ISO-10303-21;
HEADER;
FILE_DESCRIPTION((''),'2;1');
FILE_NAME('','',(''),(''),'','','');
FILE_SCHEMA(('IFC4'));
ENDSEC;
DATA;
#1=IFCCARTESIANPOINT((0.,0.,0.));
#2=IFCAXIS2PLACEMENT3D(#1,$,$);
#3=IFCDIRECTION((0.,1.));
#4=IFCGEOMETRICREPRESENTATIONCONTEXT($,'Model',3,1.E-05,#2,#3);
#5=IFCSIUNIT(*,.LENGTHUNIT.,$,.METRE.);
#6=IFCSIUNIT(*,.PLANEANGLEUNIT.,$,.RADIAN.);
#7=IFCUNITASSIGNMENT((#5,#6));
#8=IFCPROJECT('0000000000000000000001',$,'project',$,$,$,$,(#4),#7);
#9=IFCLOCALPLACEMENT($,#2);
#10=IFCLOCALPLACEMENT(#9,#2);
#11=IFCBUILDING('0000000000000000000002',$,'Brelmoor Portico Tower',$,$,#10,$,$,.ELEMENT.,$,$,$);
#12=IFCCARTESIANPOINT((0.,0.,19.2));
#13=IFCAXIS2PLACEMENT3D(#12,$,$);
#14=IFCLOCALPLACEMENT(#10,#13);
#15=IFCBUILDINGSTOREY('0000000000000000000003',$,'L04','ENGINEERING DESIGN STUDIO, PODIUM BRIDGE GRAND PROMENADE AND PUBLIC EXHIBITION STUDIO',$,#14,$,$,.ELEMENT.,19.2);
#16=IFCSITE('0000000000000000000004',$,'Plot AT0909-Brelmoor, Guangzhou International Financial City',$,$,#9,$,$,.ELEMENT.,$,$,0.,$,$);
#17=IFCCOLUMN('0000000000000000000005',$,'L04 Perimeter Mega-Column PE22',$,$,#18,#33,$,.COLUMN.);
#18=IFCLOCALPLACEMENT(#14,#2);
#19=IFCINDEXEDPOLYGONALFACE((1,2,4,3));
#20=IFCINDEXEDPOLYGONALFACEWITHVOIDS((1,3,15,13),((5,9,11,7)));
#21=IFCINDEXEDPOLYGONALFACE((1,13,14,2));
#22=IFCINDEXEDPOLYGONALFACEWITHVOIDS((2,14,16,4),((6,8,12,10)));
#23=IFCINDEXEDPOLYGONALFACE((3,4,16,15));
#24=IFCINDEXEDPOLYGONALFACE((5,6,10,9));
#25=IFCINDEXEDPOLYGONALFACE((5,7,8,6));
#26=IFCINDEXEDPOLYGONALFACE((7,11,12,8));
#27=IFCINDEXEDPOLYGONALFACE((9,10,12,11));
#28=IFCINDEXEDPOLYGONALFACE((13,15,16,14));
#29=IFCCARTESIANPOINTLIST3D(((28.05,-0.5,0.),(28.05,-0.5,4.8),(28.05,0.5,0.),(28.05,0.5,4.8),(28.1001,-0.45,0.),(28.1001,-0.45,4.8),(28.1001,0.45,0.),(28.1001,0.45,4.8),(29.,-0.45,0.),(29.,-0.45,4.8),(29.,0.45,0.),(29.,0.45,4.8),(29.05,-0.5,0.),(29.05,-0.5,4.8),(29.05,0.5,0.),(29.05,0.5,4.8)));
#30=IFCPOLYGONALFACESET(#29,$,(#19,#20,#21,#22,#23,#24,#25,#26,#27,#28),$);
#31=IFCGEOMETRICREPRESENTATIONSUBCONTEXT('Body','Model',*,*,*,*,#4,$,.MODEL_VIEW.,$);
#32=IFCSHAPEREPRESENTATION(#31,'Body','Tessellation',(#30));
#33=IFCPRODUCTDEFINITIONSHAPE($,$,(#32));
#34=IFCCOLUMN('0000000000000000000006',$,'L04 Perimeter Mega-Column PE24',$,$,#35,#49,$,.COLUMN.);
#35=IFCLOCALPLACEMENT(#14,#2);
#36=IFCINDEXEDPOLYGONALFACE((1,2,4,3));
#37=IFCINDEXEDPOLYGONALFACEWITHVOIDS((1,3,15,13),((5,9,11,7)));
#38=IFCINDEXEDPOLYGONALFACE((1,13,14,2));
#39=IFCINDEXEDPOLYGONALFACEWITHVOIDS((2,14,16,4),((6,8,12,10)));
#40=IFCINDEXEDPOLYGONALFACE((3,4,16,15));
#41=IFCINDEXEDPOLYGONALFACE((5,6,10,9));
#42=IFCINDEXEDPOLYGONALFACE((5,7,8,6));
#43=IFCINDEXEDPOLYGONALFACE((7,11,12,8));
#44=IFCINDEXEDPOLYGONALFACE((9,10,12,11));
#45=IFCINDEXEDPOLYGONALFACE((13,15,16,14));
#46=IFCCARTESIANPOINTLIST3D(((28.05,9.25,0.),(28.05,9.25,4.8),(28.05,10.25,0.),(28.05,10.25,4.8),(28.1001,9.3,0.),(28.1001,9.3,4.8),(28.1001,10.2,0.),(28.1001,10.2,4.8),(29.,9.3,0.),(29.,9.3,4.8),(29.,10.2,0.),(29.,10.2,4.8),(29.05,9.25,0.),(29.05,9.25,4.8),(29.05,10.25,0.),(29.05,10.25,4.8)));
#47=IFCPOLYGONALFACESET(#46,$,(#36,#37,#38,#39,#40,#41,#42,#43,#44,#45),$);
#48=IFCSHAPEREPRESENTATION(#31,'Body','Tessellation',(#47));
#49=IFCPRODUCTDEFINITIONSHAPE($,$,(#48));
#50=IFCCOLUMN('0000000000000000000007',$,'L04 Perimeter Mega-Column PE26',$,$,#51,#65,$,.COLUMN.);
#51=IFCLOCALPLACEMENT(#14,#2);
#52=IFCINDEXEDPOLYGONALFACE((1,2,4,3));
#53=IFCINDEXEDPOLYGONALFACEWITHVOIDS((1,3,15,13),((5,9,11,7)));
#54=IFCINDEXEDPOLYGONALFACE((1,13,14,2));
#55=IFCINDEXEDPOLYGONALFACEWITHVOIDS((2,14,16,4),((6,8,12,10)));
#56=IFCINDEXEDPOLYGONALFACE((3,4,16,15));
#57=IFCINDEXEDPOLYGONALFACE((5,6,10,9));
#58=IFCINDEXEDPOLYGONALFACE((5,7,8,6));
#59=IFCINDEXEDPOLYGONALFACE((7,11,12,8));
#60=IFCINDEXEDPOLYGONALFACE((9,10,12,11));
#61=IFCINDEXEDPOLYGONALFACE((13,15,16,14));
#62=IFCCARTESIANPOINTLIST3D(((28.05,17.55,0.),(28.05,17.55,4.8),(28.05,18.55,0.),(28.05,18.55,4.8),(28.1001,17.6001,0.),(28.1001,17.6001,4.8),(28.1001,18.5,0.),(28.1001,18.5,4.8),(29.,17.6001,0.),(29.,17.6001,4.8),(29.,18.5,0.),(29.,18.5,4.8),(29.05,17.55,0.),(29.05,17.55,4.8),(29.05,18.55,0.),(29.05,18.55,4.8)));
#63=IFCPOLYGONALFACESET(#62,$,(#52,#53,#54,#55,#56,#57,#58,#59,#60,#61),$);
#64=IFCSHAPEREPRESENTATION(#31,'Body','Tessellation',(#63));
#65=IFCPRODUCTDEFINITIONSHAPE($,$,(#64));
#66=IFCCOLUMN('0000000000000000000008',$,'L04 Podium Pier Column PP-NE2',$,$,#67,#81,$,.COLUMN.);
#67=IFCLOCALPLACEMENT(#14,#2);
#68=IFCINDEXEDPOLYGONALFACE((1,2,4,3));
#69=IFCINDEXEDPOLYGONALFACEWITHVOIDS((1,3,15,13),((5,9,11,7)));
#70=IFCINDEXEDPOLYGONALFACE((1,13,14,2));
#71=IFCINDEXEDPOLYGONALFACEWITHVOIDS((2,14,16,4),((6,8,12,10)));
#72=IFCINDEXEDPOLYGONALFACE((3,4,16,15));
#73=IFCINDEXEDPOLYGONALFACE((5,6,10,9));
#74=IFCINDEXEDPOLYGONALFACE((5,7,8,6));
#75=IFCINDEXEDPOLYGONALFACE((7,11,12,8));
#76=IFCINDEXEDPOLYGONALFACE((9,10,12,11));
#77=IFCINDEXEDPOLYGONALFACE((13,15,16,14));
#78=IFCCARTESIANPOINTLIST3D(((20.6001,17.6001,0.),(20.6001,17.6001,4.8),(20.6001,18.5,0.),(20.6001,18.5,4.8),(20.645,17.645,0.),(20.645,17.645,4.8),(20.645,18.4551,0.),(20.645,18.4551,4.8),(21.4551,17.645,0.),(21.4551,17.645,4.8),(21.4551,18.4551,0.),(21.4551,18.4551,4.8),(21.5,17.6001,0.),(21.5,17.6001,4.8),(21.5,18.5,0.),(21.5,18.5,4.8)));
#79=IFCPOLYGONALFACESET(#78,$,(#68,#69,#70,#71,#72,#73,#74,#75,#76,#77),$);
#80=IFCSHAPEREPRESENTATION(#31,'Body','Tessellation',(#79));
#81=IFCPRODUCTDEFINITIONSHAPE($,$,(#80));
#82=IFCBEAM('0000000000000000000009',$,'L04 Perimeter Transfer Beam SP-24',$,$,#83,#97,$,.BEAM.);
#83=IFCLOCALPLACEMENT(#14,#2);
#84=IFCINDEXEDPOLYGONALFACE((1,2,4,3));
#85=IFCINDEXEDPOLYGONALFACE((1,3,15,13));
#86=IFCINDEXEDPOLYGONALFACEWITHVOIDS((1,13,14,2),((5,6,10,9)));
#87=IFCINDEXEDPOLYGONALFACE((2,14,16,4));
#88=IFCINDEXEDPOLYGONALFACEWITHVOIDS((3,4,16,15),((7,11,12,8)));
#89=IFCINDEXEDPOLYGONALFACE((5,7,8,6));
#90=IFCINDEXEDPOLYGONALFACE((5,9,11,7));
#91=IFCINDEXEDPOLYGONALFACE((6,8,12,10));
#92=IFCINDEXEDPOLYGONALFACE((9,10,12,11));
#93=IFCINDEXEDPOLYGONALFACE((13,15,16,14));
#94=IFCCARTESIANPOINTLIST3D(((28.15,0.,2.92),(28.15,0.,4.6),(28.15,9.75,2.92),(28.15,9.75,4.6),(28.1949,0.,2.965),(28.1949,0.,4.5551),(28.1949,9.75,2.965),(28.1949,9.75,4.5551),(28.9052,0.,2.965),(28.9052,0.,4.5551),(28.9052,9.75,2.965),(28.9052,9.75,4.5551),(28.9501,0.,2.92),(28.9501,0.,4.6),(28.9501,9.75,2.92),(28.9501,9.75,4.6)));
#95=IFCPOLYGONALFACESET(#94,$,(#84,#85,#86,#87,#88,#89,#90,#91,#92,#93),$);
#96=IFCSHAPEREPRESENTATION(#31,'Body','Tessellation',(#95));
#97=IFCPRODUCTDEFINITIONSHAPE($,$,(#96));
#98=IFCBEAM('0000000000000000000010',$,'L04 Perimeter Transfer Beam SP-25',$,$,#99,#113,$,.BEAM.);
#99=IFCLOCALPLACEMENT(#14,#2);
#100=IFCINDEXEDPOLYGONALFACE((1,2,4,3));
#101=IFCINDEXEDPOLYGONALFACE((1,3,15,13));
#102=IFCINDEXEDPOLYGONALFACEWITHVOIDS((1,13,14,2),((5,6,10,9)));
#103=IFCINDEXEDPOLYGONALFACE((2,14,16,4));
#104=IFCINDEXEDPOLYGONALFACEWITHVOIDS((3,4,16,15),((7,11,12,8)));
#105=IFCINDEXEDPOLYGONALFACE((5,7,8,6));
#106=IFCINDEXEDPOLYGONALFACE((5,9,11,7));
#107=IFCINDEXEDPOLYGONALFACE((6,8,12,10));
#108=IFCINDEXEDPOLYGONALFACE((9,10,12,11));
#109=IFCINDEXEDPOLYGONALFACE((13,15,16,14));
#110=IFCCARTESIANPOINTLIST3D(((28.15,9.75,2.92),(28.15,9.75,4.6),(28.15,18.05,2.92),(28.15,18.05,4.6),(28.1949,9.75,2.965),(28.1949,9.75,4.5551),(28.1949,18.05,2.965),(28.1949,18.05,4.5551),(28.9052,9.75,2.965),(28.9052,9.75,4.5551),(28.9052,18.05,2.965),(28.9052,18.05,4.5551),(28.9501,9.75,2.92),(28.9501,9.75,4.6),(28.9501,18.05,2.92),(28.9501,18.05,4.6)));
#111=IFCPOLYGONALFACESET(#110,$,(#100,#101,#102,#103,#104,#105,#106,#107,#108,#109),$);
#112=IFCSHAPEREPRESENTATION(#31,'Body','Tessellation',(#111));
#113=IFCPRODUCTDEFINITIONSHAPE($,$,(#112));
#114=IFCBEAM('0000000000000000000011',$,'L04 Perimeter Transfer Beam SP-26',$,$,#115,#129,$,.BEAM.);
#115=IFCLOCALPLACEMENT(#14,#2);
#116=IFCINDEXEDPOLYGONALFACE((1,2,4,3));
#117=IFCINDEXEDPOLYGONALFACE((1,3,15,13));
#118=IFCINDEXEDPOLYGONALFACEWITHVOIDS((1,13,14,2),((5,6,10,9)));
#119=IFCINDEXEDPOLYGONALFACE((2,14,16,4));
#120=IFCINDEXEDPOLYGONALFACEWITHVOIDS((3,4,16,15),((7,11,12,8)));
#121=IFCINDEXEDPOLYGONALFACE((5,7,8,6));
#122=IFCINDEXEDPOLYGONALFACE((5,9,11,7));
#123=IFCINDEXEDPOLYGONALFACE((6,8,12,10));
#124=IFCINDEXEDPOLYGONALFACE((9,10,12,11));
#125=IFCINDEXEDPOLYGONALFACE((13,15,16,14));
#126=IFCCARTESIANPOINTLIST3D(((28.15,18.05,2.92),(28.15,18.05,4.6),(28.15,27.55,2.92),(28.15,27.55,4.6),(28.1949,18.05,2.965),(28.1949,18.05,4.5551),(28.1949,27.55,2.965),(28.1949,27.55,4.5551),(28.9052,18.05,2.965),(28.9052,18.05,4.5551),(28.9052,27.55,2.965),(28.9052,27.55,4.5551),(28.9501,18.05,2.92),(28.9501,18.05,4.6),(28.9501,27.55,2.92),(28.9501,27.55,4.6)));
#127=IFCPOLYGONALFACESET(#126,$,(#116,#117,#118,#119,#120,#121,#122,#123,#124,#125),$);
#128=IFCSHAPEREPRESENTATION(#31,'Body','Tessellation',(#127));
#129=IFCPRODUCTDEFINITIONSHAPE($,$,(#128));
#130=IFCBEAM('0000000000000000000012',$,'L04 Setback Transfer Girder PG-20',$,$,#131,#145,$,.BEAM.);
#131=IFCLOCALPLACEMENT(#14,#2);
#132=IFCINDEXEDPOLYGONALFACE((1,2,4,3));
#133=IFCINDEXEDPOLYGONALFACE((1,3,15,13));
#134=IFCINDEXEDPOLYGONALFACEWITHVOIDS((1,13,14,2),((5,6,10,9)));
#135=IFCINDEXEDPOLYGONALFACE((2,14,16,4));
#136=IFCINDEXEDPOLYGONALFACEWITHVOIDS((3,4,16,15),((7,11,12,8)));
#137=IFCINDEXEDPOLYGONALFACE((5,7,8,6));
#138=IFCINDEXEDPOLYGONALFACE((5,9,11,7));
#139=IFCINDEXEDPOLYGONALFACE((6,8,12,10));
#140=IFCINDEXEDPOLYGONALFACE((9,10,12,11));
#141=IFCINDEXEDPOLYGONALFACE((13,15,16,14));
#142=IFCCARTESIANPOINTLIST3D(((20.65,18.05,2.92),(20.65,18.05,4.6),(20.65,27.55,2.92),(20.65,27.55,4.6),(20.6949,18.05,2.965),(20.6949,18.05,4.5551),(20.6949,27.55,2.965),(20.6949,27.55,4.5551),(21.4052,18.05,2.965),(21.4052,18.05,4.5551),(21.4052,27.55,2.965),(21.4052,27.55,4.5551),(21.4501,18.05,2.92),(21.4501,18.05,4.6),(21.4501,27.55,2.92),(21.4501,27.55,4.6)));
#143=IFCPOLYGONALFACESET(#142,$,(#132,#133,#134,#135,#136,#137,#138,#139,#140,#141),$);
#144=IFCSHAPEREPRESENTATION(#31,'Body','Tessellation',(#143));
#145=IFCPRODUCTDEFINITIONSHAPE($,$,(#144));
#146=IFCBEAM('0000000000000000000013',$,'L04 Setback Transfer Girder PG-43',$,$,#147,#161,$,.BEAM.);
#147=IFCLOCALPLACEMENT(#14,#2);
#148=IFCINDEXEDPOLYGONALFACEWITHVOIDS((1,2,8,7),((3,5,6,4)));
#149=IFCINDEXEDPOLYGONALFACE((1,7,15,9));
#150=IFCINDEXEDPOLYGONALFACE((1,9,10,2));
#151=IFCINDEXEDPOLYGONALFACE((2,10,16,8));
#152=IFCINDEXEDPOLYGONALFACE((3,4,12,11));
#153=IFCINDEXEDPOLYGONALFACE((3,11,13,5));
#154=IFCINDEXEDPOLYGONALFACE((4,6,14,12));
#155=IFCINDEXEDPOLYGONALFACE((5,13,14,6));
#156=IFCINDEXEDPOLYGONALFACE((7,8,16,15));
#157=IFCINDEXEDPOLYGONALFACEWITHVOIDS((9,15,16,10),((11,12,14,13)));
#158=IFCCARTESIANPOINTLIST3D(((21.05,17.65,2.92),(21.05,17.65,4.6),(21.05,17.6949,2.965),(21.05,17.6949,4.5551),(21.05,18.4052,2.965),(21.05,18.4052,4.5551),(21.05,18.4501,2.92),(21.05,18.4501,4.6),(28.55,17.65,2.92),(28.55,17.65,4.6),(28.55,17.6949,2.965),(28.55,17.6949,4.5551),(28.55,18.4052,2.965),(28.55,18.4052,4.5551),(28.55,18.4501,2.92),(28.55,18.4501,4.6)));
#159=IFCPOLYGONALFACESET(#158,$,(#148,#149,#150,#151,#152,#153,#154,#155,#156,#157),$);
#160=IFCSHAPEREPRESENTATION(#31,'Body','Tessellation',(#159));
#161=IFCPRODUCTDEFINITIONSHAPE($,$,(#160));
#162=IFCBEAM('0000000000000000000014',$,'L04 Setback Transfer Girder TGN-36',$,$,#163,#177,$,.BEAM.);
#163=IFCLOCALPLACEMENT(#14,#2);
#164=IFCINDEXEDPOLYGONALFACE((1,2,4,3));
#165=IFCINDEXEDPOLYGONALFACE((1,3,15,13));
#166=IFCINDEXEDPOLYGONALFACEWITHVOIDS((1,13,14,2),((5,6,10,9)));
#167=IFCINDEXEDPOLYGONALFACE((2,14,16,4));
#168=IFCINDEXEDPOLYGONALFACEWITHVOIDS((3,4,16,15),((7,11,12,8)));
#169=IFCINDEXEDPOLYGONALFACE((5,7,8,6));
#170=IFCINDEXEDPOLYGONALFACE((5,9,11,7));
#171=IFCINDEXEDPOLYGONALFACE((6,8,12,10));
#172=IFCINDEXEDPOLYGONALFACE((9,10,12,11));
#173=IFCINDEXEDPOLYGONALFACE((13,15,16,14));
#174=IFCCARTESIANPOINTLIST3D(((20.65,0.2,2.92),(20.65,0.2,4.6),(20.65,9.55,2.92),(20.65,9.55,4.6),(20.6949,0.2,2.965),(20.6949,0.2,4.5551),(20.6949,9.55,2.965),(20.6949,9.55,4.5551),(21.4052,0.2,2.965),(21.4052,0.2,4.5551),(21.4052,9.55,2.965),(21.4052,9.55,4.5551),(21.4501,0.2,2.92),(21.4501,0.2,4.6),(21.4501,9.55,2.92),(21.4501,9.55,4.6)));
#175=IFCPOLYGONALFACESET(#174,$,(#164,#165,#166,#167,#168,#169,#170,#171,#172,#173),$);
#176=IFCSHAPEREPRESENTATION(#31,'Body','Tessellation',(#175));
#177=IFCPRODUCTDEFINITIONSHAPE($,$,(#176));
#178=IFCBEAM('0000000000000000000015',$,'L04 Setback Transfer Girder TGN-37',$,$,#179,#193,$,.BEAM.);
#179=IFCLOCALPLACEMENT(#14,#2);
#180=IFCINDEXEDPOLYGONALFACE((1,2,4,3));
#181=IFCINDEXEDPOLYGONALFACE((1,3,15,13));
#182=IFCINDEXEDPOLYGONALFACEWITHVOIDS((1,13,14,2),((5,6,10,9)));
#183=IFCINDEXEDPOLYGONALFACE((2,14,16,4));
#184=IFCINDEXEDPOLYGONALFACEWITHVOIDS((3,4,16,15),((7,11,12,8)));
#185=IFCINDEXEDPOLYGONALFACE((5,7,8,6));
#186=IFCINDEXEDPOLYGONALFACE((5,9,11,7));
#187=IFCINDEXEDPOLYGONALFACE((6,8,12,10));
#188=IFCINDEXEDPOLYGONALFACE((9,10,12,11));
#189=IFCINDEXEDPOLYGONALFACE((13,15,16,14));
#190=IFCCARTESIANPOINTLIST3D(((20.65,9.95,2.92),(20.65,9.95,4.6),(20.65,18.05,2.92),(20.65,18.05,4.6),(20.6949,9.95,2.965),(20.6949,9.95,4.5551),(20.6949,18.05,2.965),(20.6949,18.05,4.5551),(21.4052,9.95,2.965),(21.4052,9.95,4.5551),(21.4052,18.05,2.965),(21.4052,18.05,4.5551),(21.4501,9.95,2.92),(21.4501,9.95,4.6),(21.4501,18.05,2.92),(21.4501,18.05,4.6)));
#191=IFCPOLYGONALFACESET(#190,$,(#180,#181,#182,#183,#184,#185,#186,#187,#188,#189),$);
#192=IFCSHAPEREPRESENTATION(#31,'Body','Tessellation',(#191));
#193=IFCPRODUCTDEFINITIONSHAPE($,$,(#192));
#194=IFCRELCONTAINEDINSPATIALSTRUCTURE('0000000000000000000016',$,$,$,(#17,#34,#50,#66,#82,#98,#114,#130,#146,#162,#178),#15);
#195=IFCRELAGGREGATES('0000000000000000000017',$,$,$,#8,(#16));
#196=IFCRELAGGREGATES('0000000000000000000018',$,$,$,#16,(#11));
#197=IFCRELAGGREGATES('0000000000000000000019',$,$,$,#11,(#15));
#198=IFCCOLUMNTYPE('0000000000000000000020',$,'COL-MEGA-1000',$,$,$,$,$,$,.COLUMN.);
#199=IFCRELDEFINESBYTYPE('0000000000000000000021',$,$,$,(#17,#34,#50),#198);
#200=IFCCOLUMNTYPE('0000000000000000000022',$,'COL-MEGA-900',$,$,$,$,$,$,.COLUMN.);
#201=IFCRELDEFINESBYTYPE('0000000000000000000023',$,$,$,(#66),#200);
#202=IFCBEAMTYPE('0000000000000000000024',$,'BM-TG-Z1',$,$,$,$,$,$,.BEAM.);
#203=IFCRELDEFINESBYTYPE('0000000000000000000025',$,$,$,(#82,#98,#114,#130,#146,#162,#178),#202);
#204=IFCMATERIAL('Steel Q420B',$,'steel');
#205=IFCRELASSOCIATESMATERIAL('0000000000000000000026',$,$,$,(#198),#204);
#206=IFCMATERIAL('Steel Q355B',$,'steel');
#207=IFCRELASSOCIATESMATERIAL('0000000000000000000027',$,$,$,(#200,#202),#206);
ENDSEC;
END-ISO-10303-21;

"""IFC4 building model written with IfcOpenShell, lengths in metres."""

from ifc_helpers import new_model, si_unit, direction, frame, origin, origin_2d, place, context, subcontext, project, spatial, hollow_rectangle, extrude, material, material_profile, profile_set, type_object, element, save


model = new_model("IFC4")

# Units and contexts
model_context = context("Model", 3, precision=1e-05, world=origin(), true_north=direction((0.0, 1.0)))
body_context = subcontext(model_context, "Body", "Model", "MODEL_VIEW")
ifc_project = project(units=[si_unit("LENGTHUNIT", "METRE"), si_unit("PLANEANGLEUNIT", "RADIAN")], contexts=[model_context])

# Site, building, storey
site_placement = place(None, origin())
site = spatial("IfcSite", under=ifc_project, at=site_placement, Name="Plot AT0909-Brelmoor, Guangzhou International Financial City", CompositionType="ELEMENT", RefElevation=0.0)
building_placement = place(site_placement, origin())
building = spatial("IfcBuilding", under=site, at=building_placement, Name="Brelmoor Portico Tower", CompositionType="ELEMENT")
storey_placement = place(building_placement, frame((0.0, 0.0, 19.2)))
storey = spatial("IfcBuildingStorey", under=building, at=storey_placement, Name="L04", Description="ENGINEERING DESIGN STUDIO, PODIUM BRIDGE GRAND PROMENADE AND PUBLIC EXHIBITION STUDIO", CompositionType="ELEMENT", Elevation=19.2)

# Columns
ifc_material_1 = material(Name="Steel Q420B", Category="steel")
ifc_material_profile_1 = material_profile(ifc_material_1, hollow_rectangle(XDim=1.0, YDim=1.0, WallThickness=0.05, at=origin_2d()), Name="BOX 1000x1000x50")
ifc_profile_set_1 = profile_set([ifc_material_profile_1], Name="Steel Q420B")
column_type_1 = type_object("IfcColumnType", Name="COL-MEGA-1000", PredefinedType="COLUMN", material=ifc_profile_set_1)
for number, where, z_axis, x_axis, name in (
    (1, (28.55, 0.0, 0.0), (0.0, 0.0, 1.0), (0.0, 1.0, 0.0), "L04 Perimeter Mega-Column PE22"),
    (2, (28.55, 9.75, 0.0), (0.0, 0.0, 1.0), (0.0, 1.0, 0.0), "L04 Perimeter Mega-Column PE24"),
    (3, (28.55, 18.05, 0.0), (0.0, 0.0, 1.0), (0.0, 1.0, 0.0), "L04 Perimeter Mega-Column PE26"),
):
    element("IfcColumn", number, at=place(storey_placement, frame(where, z_axis=z_axis, x_axis=x_axis)), inside=storey, type_object=column_type_1, Name=name, PredefinedType="COLUMN", context=body_context, shape_type="SweptSolid", body=[
        extrude(hollow_rectangle(XDim=1.0, YDim=1.0, WallThickness=0.05, at=origin_2d()), origin(), (0.0, 0.0, 1.0), 4.8),
    ])
ifc_material_2 = material(Name="Steel Q355B", Category="steel")
ifc_material_profile_2 = material_profile(ifc_material_2, hollow_rectangle(XDim=0.8999, YDim=0.8999, WallThickness=0.0449, at=origin_2d()), Name="BOX 900x900x45")
ifc_profile_set_2 = profile_set([ifc_material_profile_2], Name="Steel Q355B")
column_type_2 = type_object("IfcColumnType", Name="COL-MEGA-900", PredefinedType="COLUMN", material=ifc_profile_set_2)
column_placement = place(storey_placement, frame((21.05, 18.05, 0.0), z_axis=(0.0, 0.0, 1.0), x_axis=(1.0, 0.0, 0.0)))
element("IfcColumn", 4, at=column_placement, inside=storey, type_object=column_type_2, Name="L04 Podium Pier Column PP-NE2", PredefinedType="COLUMN", context=body_context, shape_type="SweptSolid", body=[
    extrude(hollow_rectangle(XDim=0.8999, YDim=0.8999, WallThickness=0.0449, at=origin_2d()), origin(), (0.0, 0.0, 1.0), 4.8),
])

# Beams
ifc_material_profile_3 = material_profile(ifc_material_2, hollow_rectangle(XDim=0.8, YDim=1.6799, WallThickness=0.0449, at=origin_2d()), Name="BOX 800x1680x45")
ifc_profile_set_3 = profile_set([ifc_material_profile_3], Name="Steel Q355B")
beam_type = type_object("IfcBeamType", Name="BM-TG-Z1", PredefinedType="BEAM", material=ifc_profile_set_3)
beam_1_placement = place(storey_placement, frame((28.55, 0.0, 3.76), z_axis=(0.0, 1.0, 0.0), x_axis=(-1.0, 0.0, 0.0)))
element("IfcBeam", 5, at=beam_1_placement, inside=storey, type_object=beam_type, Name="L04 Perimeter Transfer Beam SP-24", PredefinedType="BEAM", context=body_context, shape_type="SweptSolid", body=[
    extrude(hollow_rectangle(XDim=0.8, YDim=1.6799, WallThickness=0.0449, at=origin_2d()), origin(), (0.0, 0.0, 1.0), 9.75),
])
beam_2_placement = place(storey_placement, frame((28.55, 9.75, 3.76), z_axis=(0.0, 1.0, 0.0), x_axis=(-1.0, 0.0, 0.0)))
element("IfcBeam", 6, at=beam_2_placement, inside=storey, type_object=beam_type, Name="L04 Perimeter Transfer Beam SP-25", PredefinedType="BEAM", context=body_context, shape_type="SweptSolid", body=[
    extrude(hollow_rectangle(XDim=0.8, YDim=1.6799, WallThickness=0.0449, at=origin_2d()), origin(), (0.0, 0.0, 1.0), 8.3),
])
for number, where, z_axis, x_axis, name in (
    (7, (28.55, 18.05, 3.76), (0.0, 1.0, 0.0), (-1.0, 0.0, 0.0), "L04 Perimeter Transfer Beam SP-26"),
    (8, (21.05, 18.05, 3.76), (0.0, 1.0, 0.0), (-1.0, 0.0, 0.0), "L04 Setback Transfer Girder PG-20"),
):
    element("IfcBeam", number, at=place(storey_placement, frame(where, z_axis=z_axis, x_axis=x_axis)), inside=storey, type_object=beam_type, Name=name, PredefinedType="BEAM", context=body_context, shape_type="SweptSolid", body=[
        extrude(hollow_rectangle(XDim=0.8, YDim=1.6799, WallThickness=0.0449, at=origin_2d()), origin(), (0.0, 0.0, 1.0), 9.5),
    ])
beam_3_placement = place(storey_placement, frame((21.05, 18.05, 3.76), z_axis=(1.0, 0.0, 0.0), x_axis=(0.0, 1.0, 0.0)))
element("IfcBeam", 9, at=beam_3_placement, inside=storey, type_object=beam_type, Name="L04 Setback Transfer Girder PG-43", PredefinedType="BEAM", context=body_context, shape_type="SweptSolid", body=[
    extrude(hollow_rectangle(XDim=0.8, YDim=1.6799, WallThickness=0.0449, at=origin_2d()), origin(), (0.0, 0.0, 1.0), 7.5),
])
beam_4_placement = place(storey_placement, frame((21.05, 0.2, 3.76), z_axis=(0.0, 1.0, 0.0), x_axis=(-1.0, 0.0, 0.0)))
element("IfcBeam", 10, at=beam_4_placement, inside=storey, type_object=beam_type, Name="L04 Setback Transfer Girder TGN-36", PredefinedType="BEAM", context=body_context, shape_type="SweptSolid", body=[
    extrude(hollow_rectangle(XDim=0.8, YDim=1.6799, WallThickness=0.0449, at=origin_2d()), origin(), (0.0, 0.0, 1.0), 9.3501),
])
beam_5_placement = place(storey_placement, frame((21.05, 9.95, 3.76), z_axis=(0.0, 1.0, 0.0), x_axis=(-1.0, 0.0, 0.0)))
element("IfcBeam", 11, at=beam_5_placement, inside=storey, type_object=beam_type, Name="L04 Setback Transfer Girder TGN-37", PredefinedType="BEAM", context=body_context, shape_type="SweptSolid", body=[
    extrude(hollow_rectangle(XDim=0.8, YDim=1.6799, WallThickness=0.0449, at=origin_2d()), origin(), (0.0, 0.0, 1.0), 8.1001),
])

save(model, "model.ifc")
